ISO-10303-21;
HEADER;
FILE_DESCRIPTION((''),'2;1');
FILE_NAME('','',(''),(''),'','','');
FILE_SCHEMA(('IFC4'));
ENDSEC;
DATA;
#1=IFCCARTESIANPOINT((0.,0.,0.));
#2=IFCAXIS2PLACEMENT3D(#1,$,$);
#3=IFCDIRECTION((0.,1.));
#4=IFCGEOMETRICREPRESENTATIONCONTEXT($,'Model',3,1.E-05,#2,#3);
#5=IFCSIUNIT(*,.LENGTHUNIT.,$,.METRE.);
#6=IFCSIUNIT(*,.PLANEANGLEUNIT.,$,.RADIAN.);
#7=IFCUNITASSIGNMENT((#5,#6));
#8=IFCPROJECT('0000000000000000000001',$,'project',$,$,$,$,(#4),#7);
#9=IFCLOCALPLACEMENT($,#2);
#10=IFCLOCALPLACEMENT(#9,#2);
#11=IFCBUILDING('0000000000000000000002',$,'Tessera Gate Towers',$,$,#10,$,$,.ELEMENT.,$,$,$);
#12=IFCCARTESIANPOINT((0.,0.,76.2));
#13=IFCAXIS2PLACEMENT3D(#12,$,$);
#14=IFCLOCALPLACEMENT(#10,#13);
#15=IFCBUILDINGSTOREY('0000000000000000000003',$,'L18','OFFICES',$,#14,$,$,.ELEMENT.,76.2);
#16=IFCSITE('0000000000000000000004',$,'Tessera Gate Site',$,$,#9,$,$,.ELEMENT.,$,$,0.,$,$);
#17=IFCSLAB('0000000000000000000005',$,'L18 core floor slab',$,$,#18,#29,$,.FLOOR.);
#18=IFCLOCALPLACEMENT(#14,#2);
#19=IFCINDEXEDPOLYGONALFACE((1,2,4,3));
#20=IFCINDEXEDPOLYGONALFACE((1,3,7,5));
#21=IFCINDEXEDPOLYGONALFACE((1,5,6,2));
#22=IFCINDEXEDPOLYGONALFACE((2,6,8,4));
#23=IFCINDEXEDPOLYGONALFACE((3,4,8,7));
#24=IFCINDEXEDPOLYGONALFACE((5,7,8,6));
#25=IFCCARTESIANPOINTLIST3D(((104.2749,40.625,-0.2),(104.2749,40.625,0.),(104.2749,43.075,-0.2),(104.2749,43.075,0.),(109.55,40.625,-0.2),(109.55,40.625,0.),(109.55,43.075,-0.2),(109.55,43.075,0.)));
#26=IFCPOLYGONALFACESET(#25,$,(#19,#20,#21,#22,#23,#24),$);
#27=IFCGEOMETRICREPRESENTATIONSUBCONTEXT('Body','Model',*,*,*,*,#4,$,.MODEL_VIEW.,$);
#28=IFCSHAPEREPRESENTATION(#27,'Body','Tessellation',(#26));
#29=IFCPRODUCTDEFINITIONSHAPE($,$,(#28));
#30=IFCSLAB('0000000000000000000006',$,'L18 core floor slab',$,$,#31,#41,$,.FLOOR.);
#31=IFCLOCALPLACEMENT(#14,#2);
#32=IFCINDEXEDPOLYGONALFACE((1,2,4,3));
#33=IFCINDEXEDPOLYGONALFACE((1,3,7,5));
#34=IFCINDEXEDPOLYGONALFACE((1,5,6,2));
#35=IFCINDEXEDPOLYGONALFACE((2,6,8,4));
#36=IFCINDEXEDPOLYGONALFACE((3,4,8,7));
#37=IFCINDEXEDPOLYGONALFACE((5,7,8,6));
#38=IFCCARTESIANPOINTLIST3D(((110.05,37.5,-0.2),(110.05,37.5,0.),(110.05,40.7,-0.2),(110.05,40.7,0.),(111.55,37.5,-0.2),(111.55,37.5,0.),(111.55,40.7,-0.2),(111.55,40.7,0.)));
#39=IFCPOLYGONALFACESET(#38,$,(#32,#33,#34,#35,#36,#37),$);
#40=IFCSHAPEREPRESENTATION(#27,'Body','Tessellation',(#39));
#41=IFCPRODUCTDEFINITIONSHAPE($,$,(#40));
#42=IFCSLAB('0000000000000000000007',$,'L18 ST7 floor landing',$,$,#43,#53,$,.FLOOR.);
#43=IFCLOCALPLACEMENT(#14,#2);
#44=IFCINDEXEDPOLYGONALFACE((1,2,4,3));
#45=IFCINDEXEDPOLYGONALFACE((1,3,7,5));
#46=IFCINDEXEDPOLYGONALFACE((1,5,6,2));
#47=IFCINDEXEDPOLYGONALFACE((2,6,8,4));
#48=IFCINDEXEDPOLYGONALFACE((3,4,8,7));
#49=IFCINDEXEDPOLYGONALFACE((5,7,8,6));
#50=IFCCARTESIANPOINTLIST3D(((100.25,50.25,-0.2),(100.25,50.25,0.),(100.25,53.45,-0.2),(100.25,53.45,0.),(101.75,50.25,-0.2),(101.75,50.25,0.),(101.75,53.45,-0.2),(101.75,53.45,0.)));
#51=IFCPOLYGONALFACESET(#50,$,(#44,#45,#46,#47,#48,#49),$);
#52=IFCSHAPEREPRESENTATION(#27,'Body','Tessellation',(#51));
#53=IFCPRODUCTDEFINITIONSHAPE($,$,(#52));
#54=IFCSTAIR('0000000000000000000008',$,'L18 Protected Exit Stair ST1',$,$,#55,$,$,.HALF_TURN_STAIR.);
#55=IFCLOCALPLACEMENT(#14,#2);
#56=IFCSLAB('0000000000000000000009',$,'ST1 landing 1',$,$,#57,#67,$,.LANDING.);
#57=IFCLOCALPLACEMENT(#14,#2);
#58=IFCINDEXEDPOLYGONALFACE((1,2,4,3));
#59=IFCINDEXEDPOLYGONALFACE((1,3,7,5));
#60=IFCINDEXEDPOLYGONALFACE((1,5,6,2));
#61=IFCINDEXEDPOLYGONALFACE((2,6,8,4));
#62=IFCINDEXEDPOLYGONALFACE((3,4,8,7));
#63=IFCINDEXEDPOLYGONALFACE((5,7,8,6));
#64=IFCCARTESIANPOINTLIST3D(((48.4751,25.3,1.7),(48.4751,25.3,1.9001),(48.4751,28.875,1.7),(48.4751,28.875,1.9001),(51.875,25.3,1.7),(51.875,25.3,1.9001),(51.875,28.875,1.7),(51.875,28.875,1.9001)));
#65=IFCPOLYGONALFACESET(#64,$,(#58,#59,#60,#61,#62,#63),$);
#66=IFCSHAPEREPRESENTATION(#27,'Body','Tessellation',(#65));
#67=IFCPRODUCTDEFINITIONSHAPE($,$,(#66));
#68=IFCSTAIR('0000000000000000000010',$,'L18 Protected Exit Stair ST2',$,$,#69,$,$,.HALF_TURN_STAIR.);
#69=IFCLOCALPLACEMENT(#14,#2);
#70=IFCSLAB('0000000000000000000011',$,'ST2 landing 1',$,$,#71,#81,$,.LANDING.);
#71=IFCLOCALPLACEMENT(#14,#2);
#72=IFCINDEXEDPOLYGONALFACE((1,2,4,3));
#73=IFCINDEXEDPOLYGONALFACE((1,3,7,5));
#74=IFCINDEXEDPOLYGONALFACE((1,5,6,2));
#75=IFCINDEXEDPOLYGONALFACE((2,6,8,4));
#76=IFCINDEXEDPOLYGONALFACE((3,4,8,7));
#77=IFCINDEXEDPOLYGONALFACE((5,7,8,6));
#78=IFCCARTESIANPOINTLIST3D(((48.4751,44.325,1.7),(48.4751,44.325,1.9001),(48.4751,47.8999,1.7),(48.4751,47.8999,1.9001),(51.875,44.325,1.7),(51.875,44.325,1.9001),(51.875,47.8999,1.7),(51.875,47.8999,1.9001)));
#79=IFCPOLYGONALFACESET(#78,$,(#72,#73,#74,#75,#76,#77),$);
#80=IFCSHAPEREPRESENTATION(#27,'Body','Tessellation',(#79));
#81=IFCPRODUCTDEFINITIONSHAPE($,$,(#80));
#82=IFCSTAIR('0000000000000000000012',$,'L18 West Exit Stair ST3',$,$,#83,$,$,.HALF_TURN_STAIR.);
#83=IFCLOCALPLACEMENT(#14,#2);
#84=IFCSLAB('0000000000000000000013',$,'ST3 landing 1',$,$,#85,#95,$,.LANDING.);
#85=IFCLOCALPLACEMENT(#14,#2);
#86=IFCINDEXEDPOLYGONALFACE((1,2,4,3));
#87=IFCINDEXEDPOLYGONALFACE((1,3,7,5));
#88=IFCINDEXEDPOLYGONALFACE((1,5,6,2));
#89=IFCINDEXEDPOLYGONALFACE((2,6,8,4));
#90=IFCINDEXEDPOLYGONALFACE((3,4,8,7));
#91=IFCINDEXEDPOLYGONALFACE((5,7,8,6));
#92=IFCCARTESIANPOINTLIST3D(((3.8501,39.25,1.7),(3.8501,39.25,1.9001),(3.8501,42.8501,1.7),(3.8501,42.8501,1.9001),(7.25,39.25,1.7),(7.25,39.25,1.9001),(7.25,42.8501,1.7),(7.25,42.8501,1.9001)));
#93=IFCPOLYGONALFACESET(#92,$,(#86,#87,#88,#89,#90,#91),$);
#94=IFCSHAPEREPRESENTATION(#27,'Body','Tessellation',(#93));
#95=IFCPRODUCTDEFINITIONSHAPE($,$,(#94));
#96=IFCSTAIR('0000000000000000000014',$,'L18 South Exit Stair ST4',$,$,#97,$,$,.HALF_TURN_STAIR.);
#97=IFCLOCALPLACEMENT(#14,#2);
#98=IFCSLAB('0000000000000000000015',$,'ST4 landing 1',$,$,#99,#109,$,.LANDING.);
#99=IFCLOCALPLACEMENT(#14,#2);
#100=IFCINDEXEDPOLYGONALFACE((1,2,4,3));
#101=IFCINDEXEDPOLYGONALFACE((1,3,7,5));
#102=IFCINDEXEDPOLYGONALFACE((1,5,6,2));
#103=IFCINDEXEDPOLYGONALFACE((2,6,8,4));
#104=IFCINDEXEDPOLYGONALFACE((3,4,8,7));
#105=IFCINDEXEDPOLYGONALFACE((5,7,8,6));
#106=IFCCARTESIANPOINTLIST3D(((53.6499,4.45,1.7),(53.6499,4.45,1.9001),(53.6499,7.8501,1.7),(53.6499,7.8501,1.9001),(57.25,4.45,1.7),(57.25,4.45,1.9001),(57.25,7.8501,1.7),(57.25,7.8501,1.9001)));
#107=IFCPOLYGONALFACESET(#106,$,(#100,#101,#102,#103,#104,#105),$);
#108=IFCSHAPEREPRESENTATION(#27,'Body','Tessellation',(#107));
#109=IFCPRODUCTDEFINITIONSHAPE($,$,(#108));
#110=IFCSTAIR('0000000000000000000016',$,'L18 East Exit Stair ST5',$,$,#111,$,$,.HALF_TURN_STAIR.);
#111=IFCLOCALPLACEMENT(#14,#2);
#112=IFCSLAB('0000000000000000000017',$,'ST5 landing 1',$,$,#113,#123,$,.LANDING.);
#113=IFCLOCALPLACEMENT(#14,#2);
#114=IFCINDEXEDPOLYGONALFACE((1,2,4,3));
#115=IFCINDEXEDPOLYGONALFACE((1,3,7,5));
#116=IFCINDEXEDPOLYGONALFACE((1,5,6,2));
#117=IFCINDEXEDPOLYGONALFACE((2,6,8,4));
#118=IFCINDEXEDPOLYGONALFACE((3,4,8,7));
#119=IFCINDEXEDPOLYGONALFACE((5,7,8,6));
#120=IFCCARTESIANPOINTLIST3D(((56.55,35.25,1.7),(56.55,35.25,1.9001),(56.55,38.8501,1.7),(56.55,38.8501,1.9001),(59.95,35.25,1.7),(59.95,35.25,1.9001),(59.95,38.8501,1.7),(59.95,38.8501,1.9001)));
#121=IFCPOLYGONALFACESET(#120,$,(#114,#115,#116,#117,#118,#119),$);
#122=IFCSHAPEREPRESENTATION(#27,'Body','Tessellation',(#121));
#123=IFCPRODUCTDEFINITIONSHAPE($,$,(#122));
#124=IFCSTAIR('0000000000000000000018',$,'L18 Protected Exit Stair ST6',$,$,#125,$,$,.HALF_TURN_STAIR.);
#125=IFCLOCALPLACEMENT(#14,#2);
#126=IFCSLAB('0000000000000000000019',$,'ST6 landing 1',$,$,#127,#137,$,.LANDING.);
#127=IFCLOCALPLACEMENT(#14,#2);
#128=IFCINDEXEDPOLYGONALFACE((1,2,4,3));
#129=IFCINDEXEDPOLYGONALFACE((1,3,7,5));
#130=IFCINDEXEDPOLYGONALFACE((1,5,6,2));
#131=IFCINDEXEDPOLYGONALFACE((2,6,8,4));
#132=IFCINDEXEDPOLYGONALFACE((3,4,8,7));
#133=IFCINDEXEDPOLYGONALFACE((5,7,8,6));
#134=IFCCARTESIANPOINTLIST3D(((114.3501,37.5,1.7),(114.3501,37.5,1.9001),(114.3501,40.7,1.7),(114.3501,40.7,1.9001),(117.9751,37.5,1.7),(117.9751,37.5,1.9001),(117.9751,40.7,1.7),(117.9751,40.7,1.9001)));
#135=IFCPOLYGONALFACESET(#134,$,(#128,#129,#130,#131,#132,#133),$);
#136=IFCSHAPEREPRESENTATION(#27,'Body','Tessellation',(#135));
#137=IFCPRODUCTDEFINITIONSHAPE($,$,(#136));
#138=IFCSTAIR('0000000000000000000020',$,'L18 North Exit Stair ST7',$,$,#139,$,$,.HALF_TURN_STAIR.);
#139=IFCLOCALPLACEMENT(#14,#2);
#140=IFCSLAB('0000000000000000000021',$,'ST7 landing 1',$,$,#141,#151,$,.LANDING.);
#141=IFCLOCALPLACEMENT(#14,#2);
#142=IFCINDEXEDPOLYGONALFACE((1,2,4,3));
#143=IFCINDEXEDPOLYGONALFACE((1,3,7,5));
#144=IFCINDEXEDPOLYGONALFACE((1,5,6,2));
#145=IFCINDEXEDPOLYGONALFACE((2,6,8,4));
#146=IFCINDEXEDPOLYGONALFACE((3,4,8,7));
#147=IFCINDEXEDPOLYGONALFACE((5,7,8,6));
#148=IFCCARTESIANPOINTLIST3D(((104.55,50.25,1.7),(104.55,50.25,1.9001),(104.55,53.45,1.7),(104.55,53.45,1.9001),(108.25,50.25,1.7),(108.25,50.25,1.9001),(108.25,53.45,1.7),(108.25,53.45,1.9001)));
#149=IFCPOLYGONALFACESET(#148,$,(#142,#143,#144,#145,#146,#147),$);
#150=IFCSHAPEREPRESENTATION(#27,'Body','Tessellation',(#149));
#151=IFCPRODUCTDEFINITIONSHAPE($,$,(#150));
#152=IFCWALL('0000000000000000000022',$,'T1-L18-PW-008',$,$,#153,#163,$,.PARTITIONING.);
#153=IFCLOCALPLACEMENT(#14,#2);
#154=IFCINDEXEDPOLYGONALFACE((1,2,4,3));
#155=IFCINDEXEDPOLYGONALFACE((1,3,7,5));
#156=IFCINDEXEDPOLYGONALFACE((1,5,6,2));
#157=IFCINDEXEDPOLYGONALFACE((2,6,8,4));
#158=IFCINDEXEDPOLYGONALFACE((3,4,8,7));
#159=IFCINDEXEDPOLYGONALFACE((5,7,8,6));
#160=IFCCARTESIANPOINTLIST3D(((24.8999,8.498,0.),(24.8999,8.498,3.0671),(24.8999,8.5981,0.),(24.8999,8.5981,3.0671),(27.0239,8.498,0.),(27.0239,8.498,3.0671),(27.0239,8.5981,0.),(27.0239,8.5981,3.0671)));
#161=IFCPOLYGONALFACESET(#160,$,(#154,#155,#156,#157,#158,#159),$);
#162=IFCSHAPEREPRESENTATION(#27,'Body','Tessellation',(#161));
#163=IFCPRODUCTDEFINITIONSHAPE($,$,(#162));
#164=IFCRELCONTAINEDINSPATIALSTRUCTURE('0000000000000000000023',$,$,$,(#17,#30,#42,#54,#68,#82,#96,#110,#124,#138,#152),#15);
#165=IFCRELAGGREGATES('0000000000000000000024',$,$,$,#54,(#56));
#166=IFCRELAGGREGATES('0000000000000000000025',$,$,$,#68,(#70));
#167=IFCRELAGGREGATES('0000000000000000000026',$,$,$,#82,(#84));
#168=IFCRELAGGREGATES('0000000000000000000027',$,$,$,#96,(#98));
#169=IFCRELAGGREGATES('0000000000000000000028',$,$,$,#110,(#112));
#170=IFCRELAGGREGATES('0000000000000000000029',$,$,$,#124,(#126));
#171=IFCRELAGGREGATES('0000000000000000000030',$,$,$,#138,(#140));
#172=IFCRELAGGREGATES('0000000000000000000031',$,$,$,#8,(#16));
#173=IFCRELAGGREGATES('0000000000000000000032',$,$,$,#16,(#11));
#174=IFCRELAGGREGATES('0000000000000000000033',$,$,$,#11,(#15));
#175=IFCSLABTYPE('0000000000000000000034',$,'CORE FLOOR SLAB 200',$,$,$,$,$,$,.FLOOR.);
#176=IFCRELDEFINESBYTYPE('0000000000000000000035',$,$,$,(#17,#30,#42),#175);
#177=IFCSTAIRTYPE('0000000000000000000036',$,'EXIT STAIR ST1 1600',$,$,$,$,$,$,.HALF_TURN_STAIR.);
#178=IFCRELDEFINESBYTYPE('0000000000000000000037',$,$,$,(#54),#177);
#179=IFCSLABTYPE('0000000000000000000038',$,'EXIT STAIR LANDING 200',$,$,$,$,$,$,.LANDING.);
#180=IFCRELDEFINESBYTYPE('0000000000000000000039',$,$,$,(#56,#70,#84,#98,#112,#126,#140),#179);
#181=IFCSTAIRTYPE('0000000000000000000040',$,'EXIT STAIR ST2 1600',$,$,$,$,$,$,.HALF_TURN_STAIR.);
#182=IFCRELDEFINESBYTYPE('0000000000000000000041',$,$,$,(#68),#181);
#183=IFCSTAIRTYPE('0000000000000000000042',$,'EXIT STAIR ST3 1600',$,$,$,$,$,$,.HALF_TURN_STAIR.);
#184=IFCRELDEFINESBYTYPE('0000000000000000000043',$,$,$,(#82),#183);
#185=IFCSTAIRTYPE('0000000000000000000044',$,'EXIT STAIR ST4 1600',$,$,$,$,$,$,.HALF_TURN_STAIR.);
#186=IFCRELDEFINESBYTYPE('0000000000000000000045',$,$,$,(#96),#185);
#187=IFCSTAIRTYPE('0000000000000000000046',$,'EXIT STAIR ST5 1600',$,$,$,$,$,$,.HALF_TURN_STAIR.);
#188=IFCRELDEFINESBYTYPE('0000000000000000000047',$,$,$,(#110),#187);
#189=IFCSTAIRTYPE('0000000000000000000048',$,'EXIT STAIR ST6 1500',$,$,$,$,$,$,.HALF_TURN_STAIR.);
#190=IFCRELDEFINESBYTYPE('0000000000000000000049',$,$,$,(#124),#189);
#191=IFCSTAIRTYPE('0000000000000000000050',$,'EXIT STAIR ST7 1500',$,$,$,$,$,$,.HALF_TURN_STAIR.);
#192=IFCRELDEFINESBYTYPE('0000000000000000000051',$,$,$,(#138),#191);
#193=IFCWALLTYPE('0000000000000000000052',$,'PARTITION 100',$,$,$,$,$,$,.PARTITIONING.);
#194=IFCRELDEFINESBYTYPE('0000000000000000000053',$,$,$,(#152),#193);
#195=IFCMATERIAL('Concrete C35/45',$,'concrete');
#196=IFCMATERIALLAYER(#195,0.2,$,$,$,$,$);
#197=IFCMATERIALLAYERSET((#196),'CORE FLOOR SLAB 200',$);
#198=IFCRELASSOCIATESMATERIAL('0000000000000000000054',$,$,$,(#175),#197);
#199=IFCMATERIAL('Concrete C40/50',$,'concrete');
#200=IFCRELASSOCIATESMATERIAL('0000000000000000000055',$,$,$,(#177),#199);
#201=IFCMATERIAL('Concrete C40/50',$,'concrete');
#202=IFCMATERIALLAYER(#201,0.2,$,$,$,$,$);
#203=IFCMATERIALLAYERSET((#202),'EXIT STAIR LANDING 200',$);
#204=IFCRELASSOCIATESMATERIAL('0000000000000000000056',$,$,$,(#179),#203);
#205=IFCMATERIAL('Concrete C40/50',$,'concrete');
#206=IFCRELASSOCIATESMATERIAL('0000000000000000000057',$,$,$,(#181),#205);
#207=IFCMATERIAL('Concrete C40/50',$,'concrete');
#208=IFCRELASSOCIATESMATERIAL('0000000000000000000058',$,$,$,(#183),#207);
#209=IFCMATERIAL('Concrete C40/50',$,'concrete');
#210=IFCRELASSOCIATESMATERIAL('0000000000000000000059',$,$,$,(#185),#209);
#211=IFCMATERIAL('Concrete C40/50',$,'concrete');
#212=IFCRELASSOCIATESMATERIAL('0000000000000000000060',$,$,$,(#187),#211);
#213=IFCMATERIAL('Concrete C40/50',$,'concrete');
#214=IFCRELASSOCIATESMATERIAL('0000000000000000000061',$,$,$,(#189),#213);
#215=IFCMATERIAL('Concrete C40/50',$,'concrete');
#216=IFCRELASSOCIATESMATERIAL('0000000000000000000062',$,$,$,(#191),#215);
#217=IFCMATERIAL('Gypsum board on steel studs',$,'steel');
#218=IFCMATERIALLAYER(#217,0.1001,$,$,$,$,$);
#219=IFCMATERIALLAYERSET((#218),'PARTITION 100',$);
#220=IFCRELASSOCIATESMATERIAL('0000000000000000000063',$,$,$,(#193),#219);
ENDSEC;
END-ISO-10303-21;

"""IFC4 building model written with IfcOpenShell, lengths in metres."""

from ifc_helpers import new_model, si_unit, direction, frame, frame_2d, origin, place, context, subcontext, project, spatial, polyline, rectangle, outline, extrude, material, layer, layer_set, type_object, element, aggregate, save


model = new_model("IFC4")

# Units and contexts
model_context = context("Model", 3, precision=1e-05, world=origin(), true_north=direction((0.0, 1.0)))
body_context = subcontext(model_context, "Body", "Model", "MODEL_VIEW")
ifc_project = project(units=[si_unit("LENGTHUNIT", "METRE"), si_unit("PLANEANGLEUNIT", "RADIAN")], contexts=[model_context])

# Site, building, storey
site_placement = place(None, origin())
site = spatial("IfcSite", under=ifc_project, at=site_placement, Name="Tessera Gate Site", CompositionType="ELEMENT", RefElevation=0.0)
building_placement = place(site_placement, origin())
building = spatial("IfcBuilding", under=site, at=building_placement, Name="Tessera Gate Towers", CompositionType="ELEMENT")
storey_placement = place(building_placement, frame((0.0, 0.0, 76.2)))
storey = spatial("IfcBuildingStorey", under=building, at=storey_placement, Name="L18", Description="OFFICES", CompositionType="ELEMENT", Elevation=76.2)

# Slabs
ifc_material_1 = material(Name="Concrete C35/45", Category="concrete")
ifc_layer_1 = layer(ifc_material_1, 0.2)
ifc_layer_set_1 = layer_set([ifc_layer_1], Name="CORE FLOOR SLAB 200")
slab_type_1 = type_object("IfcSlabType", Name="CORE FLOOR SLAB 200", PredefinedType="FLOOR", material=ifc_layer_set_1)
slab_1_placement = place(storey_placement, frame((0.0, 0.0, -0.2)))
element("IfcSlab", 1, at=slab_1_placement, inside=storey, type_object=slab_type_1, Name="L18 core floor slab", PredefinedType="FLOOR", context=body_context, shape_type="SweptSolid", body=[
    extrude(outline(polyline([(109.55, 43.075), (104.2749, 43.075), (104.2749, 40.625), (109.55, 40.625), (109.55, 43.075)])), origin(), (0.0, 0.0, 1.0), 0.2),
])
slab_2_placement = place(storey_placement, frame((0.0, 0.0, -0.2)))
element("IfcSlab", 2, at=slab_2_placement, inside=storey, type_object=slab_type_1, Name="L18 core floor slab", PredefinedType="FLOOR", context=body_context, shape_type="SweptSolid", body=[
    extrude(outline(polyline([(111.55, 37.5), (111.55, 40.7), (110.05, 40.7), (110.05, 37.5), (111.55, 37.5)])), origin(), (0.0, 0.0, 1.0), 0.2),
])
slab_3_placement = place(storey_placement, frame((0.0, 0.0, -0.2)))
element("IfcSlab", 3, at=slab_3_placement, inside=storey, type_object=slab_type_1, Name="L18 ST7 floor landing", PredefinedType="FLOOR", context=body_context, shape_type="SweptSolid", body=[
    extrude(outline(polyline([(100.25, 50.25), (101.75, 50.25), (101.75, 53.45), (100.25, 53.45), (100.25, 50.25)])), origin(), (0.0, 0.0, 1.0), 0.2),
])

# Stairs, slabs
ifc_material_2 = material(Name="Concrete C40/50", Category="concrete")
stair_type_1 = type_object("IfcStairType", Name="EXIT STAIR ST1 1600", PredefinedType="HALF_TURN_STAIR", material=ifc_material_2)
stair_1_placement = place(storey_placement, origin())
stair_1 = element("IfcStair", 4, at=stair_1_placement, inside=storey, type_object=stair_type_1, Name="L18 Protected Exit Stair ST1", PredefinedType="HALF_TURN_STAIR")
ifc_material_3 = material(Name="Concrete C40/50", Category="concrete")
ifc_layer_2 = layer(ifc_material_3, 0.2)
ifc_layer_set_2 = layer_set([ifc_layer_2], Name="EXIT STAIR LANDING 200")
slab_type_2 = type_object("IfcSlabType", Name="EXIT STAIR LANDING 200", PredefinedType="LANDING", material=ifc_layer_set_2)
slab_4_placement = place(storey_placement, frame((0.0, 0.0, 1.7)))
slab_4 = element("IfcSlab", 5, at=slab_4_placement, type_object=slab_type_2, Name="ST1 landing 1", PredefinedType="LANDING", context=body_context, shape_type="SweptSolid", body=[
    extrude(outline(polyline([(48.4751, 28.875), (48.4751, 25.3), (51.875, 25.3), (51.875, 28.875), (48.4751, 28.875)])), origin(), (0.0, 0.0, 1.0), 0.2002),
])
aggregate(stair_1, [slab_4])
ifc_material_4 = material(Name="Concrete C40/50", Category="concrete")
stair_type_2 = type_object("IfcStairType", Name="EXIT STAIR ST2 1600", PredefinedType="HALF_TURN_STAIR", material=ifc_material_4)
stair_2_placement = place(storey_placement, origin())
stair_2 = element("IfcStair", 6, at=stair_2_placement, inside=storey, type_object=stair_type_2, Name="L18 Protected Exit Stair ST2", PredefinedType="HALF_TURN_STAIR")
slab_5_placement = place(storey_placement, frame((0.0, 0.0, 1.7)))
slab_5 = element("IfcSlab", 7, at=slab_5_placement, type_object=slab_type_2, Name="ST2 landing 1", PredefinedType="LANDING", context=body_context, shape_type="SweptSolid", body=[
    extrude(outline(polyline([(51.875, 44.325), (51.875, 47.8999), (48.4751, 47.8999), (48.4751, 44.325), (51.875, 44.325)])), origin(), (0.0, 0.0, 1.0), 0.2002),
])
aggregate(stair_2, [slab_5])
ifc_material_5 = material(Name="Concrete C40/50", Category="concrete")
stair_type_3 = type_object("IfcStairType", Name="EXIT STAIR ST3 1600", PredefinedType="HALF_TURN_STAIR", material=ifc_material_5)
stair_3_placement = place(storey_placement, origin())
stair_3 = element("IfcStair", 8, at=stair_3_placement, inside=storey, type_object=stair_type_3, Name="L18 West Exit Stair ST3", PredefinedType="HALF_TURN_STAIR")
slab_6_placement = place(storey_placement, frame((0.0, 0.0, 1.7)))
slab_6 = element("IfcSlab", 9, at=slab_6_placement, type_object=slab_type_2, Name="ST3 landing 1", PredefinedType="LANDING", context=body_context, shape_type="SweptSolid", body=[
    extrude(outline(polyline([(3.8501, 42.8501), (3.8501, 39.25), (7.25, 39.25), (7.25, 42.8501), (3.8501, 42.8501)])), origin(), (0.0, 0.0, 1.0), 0.2002),
])
aggregate(stair_3, [slab_6])
ifc_material_6 = material(Name="Concrete C40/50", Category="concrete")
stair_type_4 = type_object("IfcStairType", Name="EXIT STAIR ST4 1600", PredefinedType="HALF_TURN_STAIR", material=ifc_material_6)
stair_4_placement = place(storey_placement, origin())
stair_4 = element("IfcStair", 10, at=stair_4_placement, inside=storey, type_object=stair_type_4, Name="L18 South Exit Stair ST4", PredefinedType="HALF_TURN_STAIR")
slab_7_placement = place(storey_placement, frame((0.0, 0.0, 1.7)))
slab_7 = element("IfcSlab", 11, at=slab_7_placement, type_object=slab_type_2, Name="ST4 landing 1", PredefinedType="LANDING", context=body_context, shape_type="SweptSolid", body=[
    extrude(outline(polyline([(53.6499, 4.45), (57.25, 4.45), (57.25, 7.8501), (53.6499, 7.8501), (53.6499, 4.45)])), origin(), (0.0, 0.0, 1.0), 0.2002),
])
aggregate(stair_4, [slab_7])
ifc_material_7 = material(Name="Concrete C40/50", Category="concrete")
stair_type_5 = type_object("IfcStairType", Name="EXIT STAIR ST5 1600", PredefinedType="HALF_TURN_STAIR", material=ifc_material_7)
stair_5_placement = place(storey_placement, origin())
stair_5 = element("IfcStair", 12, at=stair_5_placement, inside=storey, type_object=stair_type_5, Name="L18 East Exit Stair ST5", PredefinedType="HALF_TURN_STAIR")
slab_8_placement = place(storey_placement, frame((0.0, 0.0, 1.7)))
slab_8 = element("IfcSlab", 13, at=slab_8_placement, type_object=slab_type_2, Name="ST5 landing 1", PredefinedType="LANDING", context=body_context, shape_type="SweptSolid", body=[
    extrude(outline(polyline([(59.95, 35.25), (59.95, 38.8501), (56.55, 38.8501), (56.55, 35.25), (59.95, 35.25)])), origin(), (0.0, 0.0, 1.0), 0.2002),
])
aggregate(stair_5, [slab_8])
ifc_material_8 = material(Name="Concrete C40/50", Category="concrete")
stair_type_6 = type_object("IfcStairType", Name="EXIT STAIR ST6 1500", PredefinedType="HALF_TURN_STAIR", material=ifc_material_8)
stair_6_placement = place(storey_placement, origin())
stair_6 = element("IfcStair", 14, at=stair_6_placement, inside=storey, type_object=stair_type_6, Name="L18 Protected Exit Stair ST6", PredefinedType="HALF_TURN_STAIR")
slab_9_placement = place(storey_placement, frame((0.0, 0.0, 1.7)))
slab_9 = element("IfcSlab", 15, at=slab_9_placement, type_object=slab_type_2, Name="ST6 landing 1", PredefinedType="LANDING", context=body_context, shape_type="SweptSolid", body=[
    extrude(outline(polyline([(114.3501, 37.5), (117.9751, 37.5), (117.9751, 40.7), (114.3501, 40.7), (114.3501, 37.5)])), origin(), (0.0, 0.0, 1.0), 0.2002),
])
aggregate(stair_6, [slab_9])
ifc_material_9 = material(Name="Concrete C40/50", Category="concrete")
stair_type_7 = type_object("IfcStairType", Name="EXIT STAIR ST7 1500", PredefinedType="HALF_TURN_STAIR", material=ifc_material_9)
stair_7_placement = place(storey_placement, origin())
stair_7 = element("IfcStair", 16, at=stair_7_placement, inside=storey, type_object=stair_type_7, Name="L18 North Exit Stair ST7", PredefinedType="HALF_TURN_STAIR")
slab_10_placement = place(storey_placement, frame((0.0, 0.0, 1.7)))
slab_10 = element("IfcSlab", 17, at=slab_10_placement, type_object=slab_type_2, Name="ST7 landing 1", PredefinedType="LANDING", context=body_context, shape_type="SweptSolid", body=[
    extrude(outline(polyline([(104.55, 50.25), (108.25, 50.25), (108.25, 53.45), (104.55, 53.45), (104.55, 50.25)])), origin(), (0.0, 0.0, 1.0), 0.2002),
])
aggregate(stair_7, [slab_10])

# Wall
ifc_material_10 = material(Name="Gypsum board on steel studs", Category="steel")
ifc_layer_3 = layer(ifc_material_10, 0.1001)
ifc_layer_set_3 = layer_set([ifc_layer_3], Name="PARTITION 100")
wall_type = type_object("IfcWallType", Name="PARTITION 100", PredefinedType="PARTITIONING", material=ifc_layer_set_3)
wall_placement = place(storey_placement, frame((24.8999, 8.5481, 0.0), z_axis=(0.0, 0.0, 1.0), x_axis=(1.0, 0.0, 0.0)))
element("IfcWall", 18, at=wall_placement, inside=storey, type_object=wall_type, Name="T1-L18-PW-008", PredefinedType="PARTITIONING", context=body_context, shape_type="SweptSolid", body=[
    extrude(rectangle(XDim=2.124, YDim=0.1001, at=frame_2d((1.062, 0.0))), origin(), (0.0, 0.0, 1.0), 3.0671),
])

save(model, "model.ifc")
